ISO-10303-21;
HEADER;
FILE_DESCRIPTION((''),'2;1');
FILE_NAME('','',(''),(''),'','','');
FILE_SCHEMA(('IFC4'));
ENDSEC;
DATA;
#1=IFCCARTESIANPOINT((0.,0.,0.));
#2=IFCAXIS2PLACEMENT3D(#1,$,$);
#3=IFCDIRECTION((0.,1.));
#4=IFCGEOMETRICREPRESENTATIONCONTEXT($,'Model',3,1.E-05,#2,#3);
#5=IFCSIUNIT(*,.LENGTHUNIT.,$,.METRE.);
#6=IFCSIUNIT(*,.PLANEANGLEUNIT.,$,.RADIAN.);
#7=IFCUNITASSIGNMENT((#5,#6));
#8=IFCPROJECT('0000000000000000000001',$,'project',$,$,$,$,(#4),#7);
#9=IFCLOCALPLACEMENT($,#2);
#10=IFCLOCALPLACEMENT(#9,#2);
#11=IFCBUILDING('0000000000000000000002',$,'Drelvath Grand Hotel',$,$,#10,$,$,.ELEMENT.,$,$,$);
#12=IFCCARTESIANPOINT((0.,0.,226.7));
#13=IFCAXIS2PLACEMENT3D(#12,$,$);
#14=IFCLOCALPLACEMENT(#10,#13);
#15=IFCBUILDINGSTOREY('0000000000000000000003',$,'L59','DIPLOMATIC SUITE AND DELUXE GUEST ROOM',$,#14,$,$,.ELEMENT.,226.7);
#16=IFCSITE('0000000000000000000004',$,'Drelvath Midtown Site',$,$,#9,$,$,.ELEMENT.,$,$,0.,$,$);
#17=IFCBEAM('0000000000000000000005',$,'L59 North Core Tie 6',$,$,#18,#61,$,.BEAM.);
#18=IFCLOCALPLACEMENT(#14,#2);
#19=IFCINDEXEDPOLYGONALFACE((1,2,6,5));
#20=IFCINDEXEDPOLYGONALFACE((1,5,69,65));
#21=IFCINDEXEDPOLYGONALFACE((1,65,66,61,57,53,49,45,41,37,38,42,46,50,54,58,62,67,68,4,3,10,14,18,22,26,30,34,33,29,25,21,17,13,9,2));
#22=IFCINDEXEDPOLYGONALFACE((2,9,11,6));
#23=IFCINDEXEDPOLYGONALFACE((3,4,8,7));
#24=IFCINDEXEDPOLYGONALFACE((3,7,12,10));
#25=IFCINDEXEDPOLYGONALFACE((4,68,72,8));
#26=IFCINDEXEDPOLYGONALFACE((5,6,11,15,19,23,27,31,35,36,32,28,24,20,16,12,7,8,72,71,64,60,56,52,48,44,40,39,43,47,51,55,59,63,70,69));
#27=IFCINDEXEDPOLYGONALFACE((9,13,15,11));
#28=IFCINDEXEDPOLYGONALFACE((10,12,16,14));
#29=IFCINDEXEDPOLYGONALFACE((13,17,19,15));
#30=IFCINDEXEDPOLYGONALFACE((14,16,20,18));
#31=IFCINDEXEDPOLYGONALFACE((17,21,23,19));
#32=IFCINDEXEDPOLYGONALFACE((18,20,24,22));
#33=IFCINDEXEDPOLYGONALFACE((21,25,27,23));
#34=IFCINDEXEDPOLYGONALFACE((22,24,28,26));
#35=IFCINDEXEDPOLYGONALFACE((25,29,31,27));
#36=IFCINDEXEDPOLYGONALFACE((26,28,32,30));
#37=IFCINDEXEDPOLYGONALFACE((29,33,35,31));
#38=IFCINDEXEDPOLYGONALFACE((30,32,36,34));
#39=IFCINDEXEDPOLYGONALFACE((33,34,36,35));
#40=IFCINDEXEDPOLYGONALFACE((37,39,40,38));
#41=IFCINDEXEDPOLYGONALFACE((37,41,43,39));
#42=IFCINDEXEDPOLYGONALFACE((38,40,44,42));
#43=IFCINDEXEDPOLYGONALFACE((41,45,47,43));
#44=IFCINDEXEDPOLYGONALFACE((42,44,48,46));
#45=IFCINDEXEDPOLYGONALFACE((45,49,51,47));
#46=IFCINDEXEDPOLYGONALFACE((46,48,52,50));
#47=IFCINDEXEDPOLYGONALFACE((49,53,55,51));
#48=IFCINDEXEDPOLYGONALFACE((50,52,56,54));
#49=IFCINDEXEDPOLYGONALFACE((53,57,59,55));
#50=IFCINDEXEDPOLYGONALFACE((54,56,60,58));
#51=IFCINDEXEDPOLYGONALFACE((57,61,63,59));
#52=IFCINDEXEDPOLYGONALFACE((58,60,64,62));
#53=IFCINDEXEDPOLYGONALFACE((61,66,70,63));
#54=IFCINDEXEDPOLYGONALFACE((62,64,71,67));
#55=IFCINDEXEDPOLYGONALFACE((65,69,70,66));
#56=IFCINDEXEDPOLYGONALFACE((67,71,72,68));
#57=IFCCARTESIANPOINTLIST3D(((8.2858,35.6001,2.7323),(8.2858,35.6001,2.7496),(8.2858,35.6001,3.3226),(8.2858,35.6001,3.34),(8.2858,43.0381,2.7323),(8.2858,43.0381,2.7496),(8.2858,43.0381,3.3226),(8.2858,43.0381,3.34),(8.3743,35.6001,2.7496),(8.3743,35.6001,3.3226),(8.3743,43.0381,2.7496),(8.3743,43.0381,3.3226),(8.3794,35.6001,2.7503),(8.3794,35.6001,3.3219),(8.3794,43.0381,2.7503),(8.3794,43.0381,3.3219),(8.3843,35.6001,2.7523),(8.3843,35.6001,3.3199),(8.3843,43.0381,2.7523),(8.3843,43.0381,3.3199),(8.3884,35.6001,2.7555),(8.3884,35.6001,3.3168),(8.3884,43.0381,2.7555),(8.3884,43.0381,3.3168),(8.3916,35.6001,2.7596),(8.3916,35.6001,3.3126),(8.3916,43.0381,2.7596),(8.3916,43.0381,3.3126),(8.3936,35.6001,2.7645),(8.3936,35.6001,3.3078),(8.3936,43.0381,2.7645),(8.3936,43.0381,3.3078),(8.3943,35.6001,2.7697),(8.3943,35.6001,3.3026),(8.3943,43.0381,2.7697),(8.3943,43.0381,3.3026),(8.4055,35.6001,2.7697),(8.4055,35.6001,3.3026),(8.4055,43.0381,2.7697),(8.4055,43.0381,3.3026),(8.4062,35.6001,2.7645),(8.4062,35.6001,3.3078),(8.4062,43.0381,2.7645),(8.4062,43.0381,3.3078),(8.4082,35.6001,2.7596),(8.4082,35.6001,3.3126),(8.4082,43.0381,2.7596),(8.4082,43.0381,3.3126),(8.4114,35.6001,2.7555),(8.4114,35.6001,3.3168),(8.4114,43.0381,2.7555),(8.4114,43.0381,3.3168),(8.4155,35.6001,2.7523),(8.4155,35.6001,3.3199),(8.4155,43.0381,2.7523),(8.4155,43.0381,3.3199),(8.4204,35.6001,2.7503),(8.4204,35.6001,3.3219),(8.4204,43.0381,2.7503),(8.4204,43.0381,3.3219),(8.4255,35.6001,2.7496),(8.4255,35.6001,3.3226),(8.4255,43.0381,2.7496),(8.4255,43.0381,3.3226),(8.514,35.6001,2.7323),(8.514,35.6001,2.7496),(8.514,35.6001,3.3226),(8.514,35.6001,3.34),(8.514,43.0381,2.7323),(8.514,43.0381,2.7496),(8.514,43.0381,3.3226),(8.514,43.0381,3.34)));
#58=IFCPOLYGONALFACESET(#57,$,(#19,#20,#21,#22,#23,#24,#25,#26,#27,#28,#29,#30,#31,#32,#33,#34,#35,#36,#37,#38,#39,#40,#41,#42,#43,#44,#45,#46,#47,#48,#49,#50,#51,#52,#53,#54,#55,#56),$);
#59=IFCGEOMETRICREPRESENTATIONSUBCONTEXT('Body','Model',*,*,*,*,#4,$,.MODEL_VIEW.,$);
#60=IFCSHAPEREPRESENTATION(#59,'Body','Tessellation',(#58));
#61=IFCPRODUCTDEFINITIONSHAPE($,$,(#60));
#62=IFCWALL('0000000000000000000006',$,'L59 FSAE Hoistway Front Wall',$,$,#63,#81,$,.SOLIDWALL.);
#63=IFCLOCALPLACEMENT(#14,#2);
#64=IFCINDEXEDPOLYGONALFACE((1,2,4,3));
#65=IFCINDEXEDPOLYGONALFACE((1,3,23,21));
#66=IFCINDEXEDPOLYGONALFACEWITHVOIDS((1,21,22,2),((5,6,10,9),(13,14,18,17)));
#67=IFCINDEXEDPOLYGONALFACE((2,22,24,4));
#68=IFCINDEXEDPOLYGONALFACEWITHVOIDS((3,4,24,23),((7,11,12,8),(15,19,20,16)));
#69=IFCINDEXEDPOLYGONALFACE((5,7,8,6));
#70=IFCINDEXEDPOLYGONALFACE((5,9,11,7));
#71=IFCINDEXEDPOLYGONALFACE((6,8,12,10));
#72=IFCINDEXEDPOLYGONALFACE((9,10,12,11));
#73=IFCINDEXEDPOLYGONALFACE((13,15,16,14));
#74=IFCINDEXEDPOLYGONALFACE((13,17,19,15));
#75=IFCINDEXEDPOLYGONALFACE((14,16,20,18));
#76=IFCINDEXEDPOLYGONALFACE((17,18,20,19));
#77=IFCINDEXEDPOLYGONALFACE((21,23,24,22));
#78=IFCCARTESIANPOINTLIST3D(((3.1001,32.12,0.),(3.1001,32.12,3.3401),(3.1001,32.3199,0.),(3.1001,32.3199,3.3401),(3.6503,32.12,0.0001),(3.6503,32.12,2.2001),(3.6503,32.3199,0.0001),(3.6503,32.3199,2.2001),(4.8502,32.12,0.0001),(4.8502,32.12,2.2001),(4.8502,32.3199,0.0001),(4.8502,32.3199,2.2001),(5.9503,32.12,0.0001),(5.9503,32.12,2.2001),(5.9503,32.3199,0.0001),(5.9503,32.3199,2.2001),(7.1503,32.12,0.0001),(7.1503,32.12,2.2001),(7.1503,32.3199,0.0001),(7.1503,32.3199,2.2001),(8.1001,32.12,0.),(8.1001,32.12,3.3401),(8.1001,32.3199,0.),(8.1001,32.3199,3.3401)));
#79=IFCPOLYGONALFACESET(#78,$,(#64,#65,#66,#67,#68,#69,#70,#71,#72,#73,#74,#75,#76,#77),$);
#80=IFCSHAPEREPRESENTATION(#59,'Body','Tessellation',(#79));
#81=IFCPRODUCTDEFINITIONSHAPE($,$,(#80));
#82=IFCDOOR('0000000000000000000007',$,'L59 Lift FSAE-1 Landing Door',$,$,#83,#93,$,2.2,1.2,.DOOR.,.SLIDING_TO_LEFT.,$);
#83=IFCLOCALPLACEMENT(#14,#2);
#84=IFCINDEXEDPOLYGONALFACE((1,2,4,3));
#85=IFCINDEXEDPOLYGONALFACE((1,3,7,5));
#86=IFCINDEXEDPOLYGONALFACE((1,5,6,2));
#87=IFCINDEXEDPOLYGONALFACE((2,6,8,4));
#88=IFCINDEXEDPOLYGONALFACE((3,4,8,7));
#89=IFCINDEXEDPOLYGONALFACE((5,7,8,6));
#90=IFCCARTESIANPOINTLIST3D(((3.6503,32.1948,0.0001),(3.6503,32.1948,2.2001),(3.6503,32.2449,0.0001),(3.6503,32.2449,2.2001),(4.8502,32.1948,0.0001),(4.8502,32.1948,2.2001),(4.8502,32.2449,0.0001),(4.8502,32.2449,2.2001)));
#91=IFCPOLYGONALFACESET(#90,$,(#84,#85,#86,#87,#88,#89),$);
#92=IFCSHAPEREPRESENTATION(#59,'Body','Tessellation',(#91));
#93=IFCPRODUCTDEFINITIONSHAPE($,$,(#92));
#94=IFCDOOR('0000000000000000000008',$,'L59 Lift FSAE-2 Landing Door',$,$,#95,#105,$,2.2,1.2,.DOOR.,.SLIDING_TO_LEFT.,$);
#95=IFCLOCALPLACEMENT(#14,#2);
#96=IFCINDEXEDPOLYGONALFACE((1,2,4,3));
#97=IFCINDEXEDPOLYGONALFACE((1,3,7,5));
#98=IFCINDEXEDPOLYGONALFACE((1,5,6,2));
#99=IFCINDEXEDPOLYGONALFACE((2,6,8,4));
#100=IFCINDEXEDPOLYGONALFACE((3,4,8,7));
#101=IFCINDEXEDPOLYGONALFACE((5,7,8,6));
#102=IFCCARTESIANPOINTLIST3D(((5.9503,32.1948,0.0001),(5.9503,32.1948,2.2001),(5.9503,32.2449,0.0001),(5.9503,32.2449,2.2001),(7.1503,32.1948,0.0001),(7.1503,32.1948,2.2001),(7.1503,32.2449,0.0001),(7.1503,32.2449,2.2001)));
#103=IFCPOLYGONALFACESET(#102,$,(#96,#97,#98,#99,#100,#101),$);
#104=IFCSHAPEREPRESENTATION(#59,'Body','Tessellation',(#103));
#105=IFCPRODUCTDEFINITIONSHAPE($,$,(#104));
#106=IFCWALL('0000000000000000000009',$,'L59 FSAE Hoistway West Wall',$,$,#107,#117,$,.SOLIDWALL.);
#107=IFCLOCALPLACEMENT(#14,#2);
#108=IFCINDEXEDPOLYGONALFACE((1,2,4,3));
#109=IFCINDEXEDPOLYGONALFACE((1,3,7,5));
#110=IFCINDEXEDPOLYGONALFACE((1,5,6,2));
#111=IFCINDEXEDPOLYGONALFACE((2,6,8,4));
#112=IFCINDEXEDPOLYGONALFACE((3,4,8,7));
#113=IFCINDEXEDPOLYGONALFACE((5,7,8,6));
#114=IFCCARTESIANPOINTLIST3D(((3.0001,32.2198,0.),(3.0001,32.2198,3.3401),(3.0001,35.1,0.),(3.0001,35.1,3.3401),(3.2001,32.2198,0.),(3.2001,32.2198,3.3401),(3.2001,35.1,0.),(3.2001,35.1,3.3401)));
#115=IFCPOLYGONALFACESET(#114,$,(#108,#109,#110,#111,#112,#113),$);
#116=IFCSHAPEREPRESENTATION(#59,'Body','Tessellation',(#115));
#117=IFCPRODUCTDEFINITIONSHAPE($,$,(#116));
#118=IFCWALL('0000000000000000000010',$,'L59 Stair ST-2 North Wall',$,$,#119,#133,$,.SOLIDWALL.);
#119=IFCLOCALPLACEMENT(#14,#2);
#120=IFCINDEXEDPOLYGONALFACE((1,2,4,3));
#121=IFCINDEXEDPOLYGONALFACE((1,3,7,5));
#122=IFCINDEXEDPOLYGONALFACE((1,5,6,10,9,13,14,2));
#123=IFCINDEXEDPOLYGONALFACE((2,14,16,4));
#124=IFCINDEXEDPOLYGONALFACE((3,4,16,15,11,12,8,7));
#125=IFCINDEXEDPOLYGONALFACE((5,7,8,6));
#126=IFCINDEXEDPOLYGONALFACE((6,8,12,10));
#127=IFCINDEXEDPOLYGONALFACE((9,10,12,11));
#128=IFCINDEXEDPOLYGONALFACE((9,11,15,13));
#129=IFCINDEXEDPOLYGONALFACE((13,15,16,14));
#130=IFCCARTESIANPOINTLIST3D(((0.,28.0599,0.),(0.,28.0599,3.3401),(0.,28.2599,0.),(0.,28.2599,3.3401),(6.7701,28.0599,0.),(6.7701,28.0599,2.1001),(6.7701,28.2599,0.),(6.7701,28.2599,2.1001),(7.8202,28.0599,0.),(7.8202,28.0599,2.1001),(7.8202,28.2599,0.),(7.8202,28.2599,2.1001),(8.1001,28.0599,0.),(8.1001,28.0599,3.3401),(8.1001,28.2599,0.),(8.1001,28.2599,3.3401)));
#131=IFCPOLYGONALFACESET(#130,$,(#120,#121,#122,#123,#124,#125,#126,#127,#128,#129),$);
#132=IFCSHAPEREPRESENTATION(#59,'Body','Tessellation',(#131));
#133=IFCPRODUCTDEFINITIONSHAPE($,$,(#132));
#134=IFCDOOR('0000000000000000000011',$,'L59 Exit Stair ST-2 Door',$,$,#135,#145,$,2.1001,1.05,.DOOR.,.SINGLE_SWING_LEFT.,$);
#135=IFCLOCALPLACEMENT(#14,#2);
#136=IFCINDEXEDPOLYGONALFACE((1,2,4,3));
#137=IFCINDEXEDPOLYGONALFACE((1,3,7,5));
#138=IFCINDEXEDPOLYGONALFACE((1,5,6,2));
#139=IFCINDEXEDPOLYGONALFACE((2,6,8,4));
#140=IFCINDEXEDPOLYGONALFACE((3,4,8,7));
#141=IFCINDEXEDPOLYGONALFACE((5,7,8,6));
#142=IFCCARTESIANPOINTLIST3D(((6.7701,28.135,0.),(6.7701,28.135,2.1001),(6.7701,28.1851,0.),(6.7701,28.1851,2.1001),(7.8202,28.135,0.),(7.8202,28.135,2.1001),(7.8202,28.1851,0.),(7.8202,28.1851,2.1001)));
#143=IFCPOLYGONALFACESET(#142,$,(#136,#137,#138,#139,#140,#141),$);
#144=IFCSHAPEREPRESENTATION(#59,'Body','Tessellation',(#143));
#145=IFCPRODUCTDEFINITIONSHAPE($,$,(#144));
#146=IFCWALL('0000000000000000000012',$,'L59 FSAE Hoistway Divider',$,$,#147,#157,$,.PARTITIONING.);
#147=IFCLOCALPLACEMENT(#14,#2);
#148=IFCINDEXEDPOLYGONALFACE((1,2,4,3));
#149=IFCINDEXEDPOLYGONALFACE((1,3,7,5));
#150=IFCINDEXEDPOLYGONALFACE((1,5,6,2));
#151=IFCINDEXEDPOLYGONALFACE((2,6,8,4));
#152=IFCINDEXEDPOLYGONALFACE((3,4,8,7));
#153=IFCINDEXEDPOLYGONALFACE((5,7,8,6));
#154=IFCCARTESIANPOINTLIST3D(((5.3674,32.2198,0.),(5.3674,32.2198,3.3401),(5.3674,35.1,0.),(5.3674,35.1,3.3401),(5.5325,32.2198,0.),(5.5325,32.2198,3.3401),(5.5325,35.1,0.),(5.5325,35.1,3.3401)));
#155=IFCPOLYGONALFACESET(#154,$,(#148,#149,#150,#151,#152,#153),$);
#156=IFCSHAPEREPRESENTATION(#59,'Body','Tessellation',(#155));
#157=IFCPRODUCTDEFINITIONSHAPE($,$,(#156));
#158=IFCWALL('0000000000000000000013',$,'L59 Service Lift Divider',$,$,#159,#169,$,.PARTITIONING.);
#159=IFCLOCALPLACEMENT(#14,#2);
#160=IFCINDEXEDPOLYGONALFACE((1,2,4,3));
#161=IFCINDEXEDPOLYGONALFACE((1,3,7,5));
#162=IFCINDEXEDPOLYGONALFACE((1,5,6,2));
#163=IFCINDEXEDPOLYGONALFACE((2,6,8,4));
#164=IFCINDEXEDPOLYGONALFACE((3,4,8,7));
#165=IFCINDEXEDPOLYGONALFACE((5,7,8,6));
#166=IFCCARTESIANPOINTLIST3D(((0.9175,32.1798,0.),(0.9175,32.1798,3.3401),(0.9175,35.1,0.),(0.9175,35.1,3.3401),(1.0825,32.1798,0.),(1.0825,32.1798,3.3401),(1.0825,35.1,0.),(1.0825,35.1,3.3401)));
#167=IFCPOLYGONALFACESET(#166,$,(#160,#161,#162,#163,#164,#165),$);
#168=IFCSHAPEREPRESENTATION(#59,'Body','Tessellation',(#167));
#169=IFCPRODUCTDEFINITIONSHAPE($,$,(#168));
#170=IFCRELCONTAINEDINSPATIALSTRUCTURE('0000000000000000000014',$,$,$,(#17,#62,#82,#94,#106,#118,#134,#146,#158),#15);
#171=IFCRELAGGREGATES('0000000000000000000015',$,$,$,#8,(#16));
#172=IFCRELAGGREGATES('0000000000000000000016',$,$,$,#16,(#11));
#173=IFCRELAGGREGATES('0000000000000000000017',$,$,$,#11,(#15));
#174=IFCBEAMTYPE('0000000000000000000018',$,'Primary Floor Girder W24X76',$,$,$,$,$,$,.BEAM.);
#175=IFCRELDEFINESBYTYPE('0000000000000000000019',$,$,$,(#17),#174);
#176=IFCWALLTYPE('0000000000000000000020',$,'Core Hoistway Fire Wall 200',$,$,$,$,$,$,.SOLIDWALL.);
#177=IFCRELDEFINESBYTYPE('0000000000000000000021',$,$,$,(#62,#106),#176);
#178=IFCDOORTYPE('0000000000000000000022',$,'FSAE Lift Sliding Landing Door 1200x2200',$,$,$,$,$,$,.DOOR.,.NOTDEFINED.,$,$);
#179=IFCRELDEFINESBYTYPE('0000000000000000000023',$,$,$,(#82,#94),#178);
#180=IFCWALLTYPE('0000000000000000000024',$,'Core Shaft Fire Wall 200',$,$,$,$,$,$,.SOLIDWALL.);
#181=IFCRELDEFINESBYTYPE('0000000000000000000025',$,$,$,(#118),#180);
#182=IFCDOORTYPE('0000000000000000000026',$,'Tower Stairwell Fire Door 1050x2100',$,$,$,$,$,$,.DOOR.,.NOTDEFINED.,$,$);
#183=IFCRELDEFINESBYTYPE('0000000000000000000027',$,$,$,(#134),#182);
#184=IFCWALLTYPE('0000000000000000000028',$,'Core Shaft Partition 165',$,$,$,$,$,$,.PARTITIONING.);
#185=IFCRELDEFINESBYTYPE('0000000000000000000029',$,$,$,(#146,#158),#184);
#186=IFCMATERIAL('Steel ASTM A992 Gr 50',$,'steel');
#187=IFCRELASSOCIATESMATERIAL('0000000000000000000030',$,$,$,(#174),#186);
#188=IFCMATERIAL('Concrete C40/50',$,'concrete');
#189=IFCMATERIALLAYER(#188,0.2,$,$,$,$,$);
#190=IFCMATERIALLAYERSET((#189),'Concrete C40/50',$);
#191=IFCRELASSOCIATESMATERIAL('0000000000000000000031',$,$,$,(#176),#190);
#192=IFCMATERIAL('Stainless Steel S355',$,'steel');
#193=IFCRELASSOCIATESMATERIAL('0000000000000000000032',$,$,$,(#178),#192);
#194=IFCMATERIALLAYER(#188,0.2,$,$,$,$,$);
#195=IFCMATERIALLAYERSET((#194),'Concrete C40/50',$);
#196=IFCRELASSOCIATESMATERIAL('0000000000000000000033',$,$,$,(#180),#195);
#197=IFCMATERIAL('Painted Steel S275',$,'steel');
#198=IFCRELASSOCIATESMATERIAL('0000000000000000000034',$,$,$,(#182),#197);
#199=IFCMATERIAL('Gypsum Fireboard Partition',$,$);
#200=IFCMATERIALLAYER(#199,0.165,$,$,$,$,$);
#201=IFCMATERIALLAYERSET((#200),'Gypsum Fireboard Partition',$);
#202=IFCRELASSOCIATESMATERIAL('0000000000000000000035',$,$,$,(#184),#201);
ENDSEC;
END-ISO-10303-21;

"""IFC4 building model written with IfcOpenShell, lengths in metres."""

from ifc_helpers import new_model, si_unit, direction, frame, frame_2d, origin, origin_2d, place, context, subcontext, project, spatial, rectangle, i_section, extrude, material, layer, layer_set, material_profile, profile_set, type_object, element, fill, save


model = new_model("IFC4")

# Units and contexts
model_context = context("Model", 3, precision=1e-05, world=origin(), true_north=direction((0.0, 1.0)))
body_context = subcontext(model_context, "Body", "Model", "MODEL_VIEW")
ifc_project = project(units=[si_unit("LENGTHUNIT", "METRE"), si_unit("PLANEANGLEUNIT", "RADIAN")], contexts=[model_context])

# Site, building, storey
site_placement = place(None, origin())
site = spatial("IfcSite", under=ifc_project, at=site_placement, Name="Drelvath Midtown Site", CompositionType="ELEMENT", RefElevation=0.0)
building_placement = place(site_placement, origin())
building = spatial("IfcBuilding", under=site, at=building_placement, Name="Drelvath Grand Hotel", CompositionType="ELEMENT")
storey_placement = place(building_placement, frame((0.0, 0.0, 226.7)))
storey = spatial("IfcBuildingStorey", under=building, at=storey_placement, Name="L59", Description="DIPLOMATIC SUITE AND DELUXE GUEST ROOM", CompositionType="ELEMENT", Elevation=226.7)

# Beam
ifc_material_1 = material(Name="Steel ASTM A992 Gr 50", Category="steel")
ifc_material_profile_1 = material_profile(ifc_material_1, i_section(OverallWidth=0.2283, OverallDepth=0.6077, WebThickness=0.0112, FlangeThickness=0.0173, FilletRadius=0.02, at=origin_2d()), Name="W24X76")
ifc_profile_set_1 = profile_set([ifc_material_profile_1], Name="Steel ASTM A992 Gr 50")
beam_type_1 = type_object("IfcBeamType", Name="Primary Floor Girder W24X76", PredefinedType="BEAM", material=ifc_profile_set_1)
for number, where, z_axis, x_axis, name in (
    (1, (8.3999, 35.6001, 3.0361), (0.0, 1.0, 0.0), (-1.0, 0.0, 0.0), "L59 North Core Tie 6"),
):
    element("IfcBeam", number, at=place(storey_placement, frame(where, z_axis=z_axis, x_axis=x_axis)), inside=storey, type_object=beam_type_1, Name=name, PredefinedType="BEAM", context=body_context, shape_type="SweptSolid", body=[
        extrude(i_section(OverallWidth=0.2283, OverallDepth=0.6077, WebThickness=0.0112, FlangeThickness=0.0173, FilletRadius=0.02, at=origin_2d()), origin(), (0.0, 0.0, 1.0), 7.438),
    ])

# Wall, openings, doors
ifc_material_2 = material(Name="Concrete C40/50", Category="concrete")
ifc_layer_1 = layer(ifc_material_2, 0.2)
ifc_layer_set_1 = layer_set([ifc_layer_1], Name="Concrete C40/50")
wall_type_1 = type_object("IfcWallType", Name="Core Hoistway Fire Wall 200", PredefinedType="SOLIDWALL", material=ifc_layer_set_1)
wall_1_placement = place(storey_placement, frame((3.1001, 32.22, 0.0), z_axis=(0.0, 0.0, 1.0), x_axis=(1.0, 0.0, 0.0)))
wall_1 = element("IfcWall", 2, at=wall_1_placement, inside=storey, type_object=wall_type_1, Name="L59 FSAE Hoistway Front Wall", PredefinedType="SOLIDWALL", context=body_context, shape_type="SweptSolid", body=[
    extrude(rectangle(XDim=5.0, YDim=0.2, at=frame_2d((2.5, 0.0))), origin(), (0.0, 0.0, 1.0), 3.3401),
])
opening_1_placement = place(wall_1_placement, frame((0.55, 0.0, 0.0)))
opening_1 = element("IfcOpeningElement", 3, at=opening_1_placement, cuts=wall_1, PredefinedType="OPENING", context=body_context, shape_type="SweptSolid", body=[
    extrude(rectangle(XDim=1.2, YDim=2.2, at=frame_2d((0.6001, 1.1001))), frame((0.0, 0.1099, 0.0), z_axis=(0.0, -1.0, 0.0), x_axis=(1.0, 0.0, 0.0)), (0.0, 0.0, 1.0), 0.22),
])
opening_2_placement = place(wall_1_placement, frame((2.8501, 0.0, 0.0)))
opening_2 = element("IfcOpeningElement", 4, at=opening_2_placement, cuts=wall_1, PredefinedType="OPENING", context=body_context, shape_type="SweptSolid", body=[
    extrude(rectangle(XDim=1.2, YDim=2.2, at=frame_2d((0.6001, 1.1001))), frame((0.0, 0.1099, 0.0), z_axis=(0.0, -1.0, 0.0), x_axis=(1.0, 0.0, 0.0)), (0.0, 0.0, 1.0), 0.22),
])
ifc_material_3 = material(Name="Stainless Steel S355", Category="steel")
door_type_1 = type_object("IfcDoorType", Name="FSAE Lift Sliding Landing Door 1200x2200", OperationType="NOTDEFINED", PredefinedType="DOOR", material=ifc_material_3)
door_1_placement = place(opening_1_placement, origin())
door_1 = element("IfcDoor", 5, at=door_1_placement, inside=storey, type_object=door_type_1, Name="L59 Lift FSAE-1 Landing Door", OperationType="SLIDING_TO_LEFT", OverallHeight=2.2, OverallWidth=1.2, PredefinedType="DOOR", context=body_context, shape_type="SweptSolid", body=[
    extrude(rectangle(XDim=1.2, YDim=2.2, at=frame_2d((0.6001, 1.1001))), frame((0.0, 0.0249, 0.0), z_axis=(0.0, -1.0, 0.0), x_axis=(1.0, 0.0, 0.0)), (0.0, 0.0, 1.0), 0.05),
])
fill(opening_1, door_1)
door_2_placement = place(opening_2_placement, origin())
door_2 = element("IfcDoor", 6, at=door_2_placement, inside=storey, type_object=door_type_1, Name="L59 Lift FSAE-2 Landing Door", OperationType="SLIDING_TO_LEFT", OverallHeight=2.2, OverallWidth=1.2, PredefinedType="DOOR", context=body_context, shape_type="SweptSolid", body=[
    extrude(rectangle(XDim=1.2, YDim=2.2, at=frame_2d((0.6001, 1.1001))), frame((0.0, 0.0249, 0.0), z_axis=(0.0, -1.0, 0.0), x_axis=(1.0, 0.0, 0.0)), (0.0, 0.0, 1.0), 0.05),
])
fill(opening_2, door_2)

# Wall
wall_2_placement = place(storey_placement, frame((3.1001, 32.22, 0.0), z_axis=(0.0, 0.0, 1.0), x_axis=(0.0, 1.0, 0.0)))
element("IfcWall", 7, at=wall_2_placement, inside=storey, type_object=wall_type_1, Name="L59 FSAE Hoistway West Wall", PredefinedType="SOLIDWALL", context=body_context, shape_type="SweptSolid", body=[
    extrude(rectangle(XDim=2.8801, YDim=0.2, at=frame_2d((1.4399, 0.0))), origin(), (0.0, 0.0, 1.0), 3.3401),
])

# Wall, opening, door
ifc_layer_2 = layer(ifc_material_2, 0.2)
ifc_layer_set_2 = layer_set([ifc_layer_2], Name="Concrete C40/50")
wall_type_2 = type_object("IfcWallType", Name="Core Shaft Fire Wall 200", PredefinedType="SOLIDWALL", material=ifc_layer_set_2)
wall_3_placement = place(storey_placement, frame((8.1001, 28.1599, 0.0), z_axis=(0.0, 0.0, 1.0), x_axis=(-1.0, 0.0, 0.0)))
wall_3 = element("IfcWall", 8, at=wall_3_placement, inside=storey, type_object=wall_type_2, Name="L59 Stair ST-2 North Wall", PredefinedType="SOLIDWALL", context=body_context, shape_type="SweptSolid", body=[
    extrude(rectangle(XDim=8.1001, YDim=0.2, at=frame_2d((4.05, 0.0))), origin(), (0.0, 0.0, 1.0), 3.3401),
])
opening_3_placement = place(wall_3_placement, frame((0.28, 0.0, 0.0)))
opening_3 = element("IfcOpeningElement", 9, at=opening_3_placement, cuts=wall_3, PredefinedType="OPENING", context=body_context, shape_type="SweptSolid", body=[
    extrude(rectangle(XDim=1.05, YDim=2.1001, at=frame_2d((0.5249, 1.05))), frame((0.0, 0.1099, 0.0), z_axis=(0.0, -1.0, 0.0), x_axis=(1.0, 0.0, 0.0)), (0.0, 0.0, 1.0), 0.22),
])
ifc_material_4 = material(Name="Painted Steel S275", Category="steel")
door_type_2 = type_object("IfcDoorType", Name="Tower Stairwell Fire Door 1050x2100", OperationType="NOTDEFINED", PredefinedType="DOOR", material=ifc_material_4)
door_3_placement = place(opening_3_placement, origin())
door_3 = element("IfcDoor", 10, at=door_3_placement, inside=storey, type_object=door_type_2, Name="L59 Exit Stair ST-2 Door", OperationType="SINGLE_SWING_LEFT", OverallHeight=2.1001, OverallWidth=1.05, PredefinedType="DOOR", context=body_context, shape_type="SweptSolid", body=[
    extrude(rectangle(XDim=1.05, YDim=2.1001, at=frame_2d((0.5249, 1.05))), frame((0.0, 0.0249, 0.0), z_axis=(0.0, -1.0, 0.0), x_axis=(1.0, 0.0, 0.0)), (0.0, 0.0, 1.0), 0.05),
])
fill(opening_3, door_3)

# Walls
ifc_material_5 = material(Name="Gypsum Fireboard Partition")
ifc_layer_3 = layer(ifc_material_5, 0.165)
ifc_layer_set_3 = layer_set([ifc_layer_3], Name="Gypsum Fireboard Partition")
wall_type_3 = type_object("IfcWallType", Name="Core Shaft Partition 165", PredefinedType="PARTITIONING", material=ifc_layer_set_3)
wall_4_placement = place(storey_placement, frame((5.45, 32.22, 0.0), z_axis=(0.0, 0.0, 1.0), x_axis=(0.0, 1.0, 0.0)))
element("IfcWall", 11, at=wall_4_placement, inside=storey, type_object=wall_type_3, Name="L59 FSAE Hoistway Divider", PredefinedType="PARTITIONING", context=body_context, shape_type="SweptSolid", body=[
    extrude(rectangle(XDim=2.8801, YDim=0.165, at=frame_2d((1.4399, 0.0))), origin(), (0.0, 0.0, 1.0), 3.3401),
])
wall_5_placement = place(storey_placement, frame((1.0, 32.1799, 0.0), z_axis=(0.0, 0.0, 1.0), x_axis=(0.0, 1.0, 0.0)))
element("IfcWall", 12, at=wall_5_placement, inside=storey, type_object=wall_type_3, Name="L59 Service Lift Divider", PredefinedType="PARTITIONING", context=body_context, shape_type="SweptSolid", body=[
    extrude(rectangle(XDim=2.9202, YDim=0.165, at=frame_2d((1.46, 0.0))), origin(), (0.0, 0.0, 1.0), 3.3401),
])

save(model, "model.ifc")
